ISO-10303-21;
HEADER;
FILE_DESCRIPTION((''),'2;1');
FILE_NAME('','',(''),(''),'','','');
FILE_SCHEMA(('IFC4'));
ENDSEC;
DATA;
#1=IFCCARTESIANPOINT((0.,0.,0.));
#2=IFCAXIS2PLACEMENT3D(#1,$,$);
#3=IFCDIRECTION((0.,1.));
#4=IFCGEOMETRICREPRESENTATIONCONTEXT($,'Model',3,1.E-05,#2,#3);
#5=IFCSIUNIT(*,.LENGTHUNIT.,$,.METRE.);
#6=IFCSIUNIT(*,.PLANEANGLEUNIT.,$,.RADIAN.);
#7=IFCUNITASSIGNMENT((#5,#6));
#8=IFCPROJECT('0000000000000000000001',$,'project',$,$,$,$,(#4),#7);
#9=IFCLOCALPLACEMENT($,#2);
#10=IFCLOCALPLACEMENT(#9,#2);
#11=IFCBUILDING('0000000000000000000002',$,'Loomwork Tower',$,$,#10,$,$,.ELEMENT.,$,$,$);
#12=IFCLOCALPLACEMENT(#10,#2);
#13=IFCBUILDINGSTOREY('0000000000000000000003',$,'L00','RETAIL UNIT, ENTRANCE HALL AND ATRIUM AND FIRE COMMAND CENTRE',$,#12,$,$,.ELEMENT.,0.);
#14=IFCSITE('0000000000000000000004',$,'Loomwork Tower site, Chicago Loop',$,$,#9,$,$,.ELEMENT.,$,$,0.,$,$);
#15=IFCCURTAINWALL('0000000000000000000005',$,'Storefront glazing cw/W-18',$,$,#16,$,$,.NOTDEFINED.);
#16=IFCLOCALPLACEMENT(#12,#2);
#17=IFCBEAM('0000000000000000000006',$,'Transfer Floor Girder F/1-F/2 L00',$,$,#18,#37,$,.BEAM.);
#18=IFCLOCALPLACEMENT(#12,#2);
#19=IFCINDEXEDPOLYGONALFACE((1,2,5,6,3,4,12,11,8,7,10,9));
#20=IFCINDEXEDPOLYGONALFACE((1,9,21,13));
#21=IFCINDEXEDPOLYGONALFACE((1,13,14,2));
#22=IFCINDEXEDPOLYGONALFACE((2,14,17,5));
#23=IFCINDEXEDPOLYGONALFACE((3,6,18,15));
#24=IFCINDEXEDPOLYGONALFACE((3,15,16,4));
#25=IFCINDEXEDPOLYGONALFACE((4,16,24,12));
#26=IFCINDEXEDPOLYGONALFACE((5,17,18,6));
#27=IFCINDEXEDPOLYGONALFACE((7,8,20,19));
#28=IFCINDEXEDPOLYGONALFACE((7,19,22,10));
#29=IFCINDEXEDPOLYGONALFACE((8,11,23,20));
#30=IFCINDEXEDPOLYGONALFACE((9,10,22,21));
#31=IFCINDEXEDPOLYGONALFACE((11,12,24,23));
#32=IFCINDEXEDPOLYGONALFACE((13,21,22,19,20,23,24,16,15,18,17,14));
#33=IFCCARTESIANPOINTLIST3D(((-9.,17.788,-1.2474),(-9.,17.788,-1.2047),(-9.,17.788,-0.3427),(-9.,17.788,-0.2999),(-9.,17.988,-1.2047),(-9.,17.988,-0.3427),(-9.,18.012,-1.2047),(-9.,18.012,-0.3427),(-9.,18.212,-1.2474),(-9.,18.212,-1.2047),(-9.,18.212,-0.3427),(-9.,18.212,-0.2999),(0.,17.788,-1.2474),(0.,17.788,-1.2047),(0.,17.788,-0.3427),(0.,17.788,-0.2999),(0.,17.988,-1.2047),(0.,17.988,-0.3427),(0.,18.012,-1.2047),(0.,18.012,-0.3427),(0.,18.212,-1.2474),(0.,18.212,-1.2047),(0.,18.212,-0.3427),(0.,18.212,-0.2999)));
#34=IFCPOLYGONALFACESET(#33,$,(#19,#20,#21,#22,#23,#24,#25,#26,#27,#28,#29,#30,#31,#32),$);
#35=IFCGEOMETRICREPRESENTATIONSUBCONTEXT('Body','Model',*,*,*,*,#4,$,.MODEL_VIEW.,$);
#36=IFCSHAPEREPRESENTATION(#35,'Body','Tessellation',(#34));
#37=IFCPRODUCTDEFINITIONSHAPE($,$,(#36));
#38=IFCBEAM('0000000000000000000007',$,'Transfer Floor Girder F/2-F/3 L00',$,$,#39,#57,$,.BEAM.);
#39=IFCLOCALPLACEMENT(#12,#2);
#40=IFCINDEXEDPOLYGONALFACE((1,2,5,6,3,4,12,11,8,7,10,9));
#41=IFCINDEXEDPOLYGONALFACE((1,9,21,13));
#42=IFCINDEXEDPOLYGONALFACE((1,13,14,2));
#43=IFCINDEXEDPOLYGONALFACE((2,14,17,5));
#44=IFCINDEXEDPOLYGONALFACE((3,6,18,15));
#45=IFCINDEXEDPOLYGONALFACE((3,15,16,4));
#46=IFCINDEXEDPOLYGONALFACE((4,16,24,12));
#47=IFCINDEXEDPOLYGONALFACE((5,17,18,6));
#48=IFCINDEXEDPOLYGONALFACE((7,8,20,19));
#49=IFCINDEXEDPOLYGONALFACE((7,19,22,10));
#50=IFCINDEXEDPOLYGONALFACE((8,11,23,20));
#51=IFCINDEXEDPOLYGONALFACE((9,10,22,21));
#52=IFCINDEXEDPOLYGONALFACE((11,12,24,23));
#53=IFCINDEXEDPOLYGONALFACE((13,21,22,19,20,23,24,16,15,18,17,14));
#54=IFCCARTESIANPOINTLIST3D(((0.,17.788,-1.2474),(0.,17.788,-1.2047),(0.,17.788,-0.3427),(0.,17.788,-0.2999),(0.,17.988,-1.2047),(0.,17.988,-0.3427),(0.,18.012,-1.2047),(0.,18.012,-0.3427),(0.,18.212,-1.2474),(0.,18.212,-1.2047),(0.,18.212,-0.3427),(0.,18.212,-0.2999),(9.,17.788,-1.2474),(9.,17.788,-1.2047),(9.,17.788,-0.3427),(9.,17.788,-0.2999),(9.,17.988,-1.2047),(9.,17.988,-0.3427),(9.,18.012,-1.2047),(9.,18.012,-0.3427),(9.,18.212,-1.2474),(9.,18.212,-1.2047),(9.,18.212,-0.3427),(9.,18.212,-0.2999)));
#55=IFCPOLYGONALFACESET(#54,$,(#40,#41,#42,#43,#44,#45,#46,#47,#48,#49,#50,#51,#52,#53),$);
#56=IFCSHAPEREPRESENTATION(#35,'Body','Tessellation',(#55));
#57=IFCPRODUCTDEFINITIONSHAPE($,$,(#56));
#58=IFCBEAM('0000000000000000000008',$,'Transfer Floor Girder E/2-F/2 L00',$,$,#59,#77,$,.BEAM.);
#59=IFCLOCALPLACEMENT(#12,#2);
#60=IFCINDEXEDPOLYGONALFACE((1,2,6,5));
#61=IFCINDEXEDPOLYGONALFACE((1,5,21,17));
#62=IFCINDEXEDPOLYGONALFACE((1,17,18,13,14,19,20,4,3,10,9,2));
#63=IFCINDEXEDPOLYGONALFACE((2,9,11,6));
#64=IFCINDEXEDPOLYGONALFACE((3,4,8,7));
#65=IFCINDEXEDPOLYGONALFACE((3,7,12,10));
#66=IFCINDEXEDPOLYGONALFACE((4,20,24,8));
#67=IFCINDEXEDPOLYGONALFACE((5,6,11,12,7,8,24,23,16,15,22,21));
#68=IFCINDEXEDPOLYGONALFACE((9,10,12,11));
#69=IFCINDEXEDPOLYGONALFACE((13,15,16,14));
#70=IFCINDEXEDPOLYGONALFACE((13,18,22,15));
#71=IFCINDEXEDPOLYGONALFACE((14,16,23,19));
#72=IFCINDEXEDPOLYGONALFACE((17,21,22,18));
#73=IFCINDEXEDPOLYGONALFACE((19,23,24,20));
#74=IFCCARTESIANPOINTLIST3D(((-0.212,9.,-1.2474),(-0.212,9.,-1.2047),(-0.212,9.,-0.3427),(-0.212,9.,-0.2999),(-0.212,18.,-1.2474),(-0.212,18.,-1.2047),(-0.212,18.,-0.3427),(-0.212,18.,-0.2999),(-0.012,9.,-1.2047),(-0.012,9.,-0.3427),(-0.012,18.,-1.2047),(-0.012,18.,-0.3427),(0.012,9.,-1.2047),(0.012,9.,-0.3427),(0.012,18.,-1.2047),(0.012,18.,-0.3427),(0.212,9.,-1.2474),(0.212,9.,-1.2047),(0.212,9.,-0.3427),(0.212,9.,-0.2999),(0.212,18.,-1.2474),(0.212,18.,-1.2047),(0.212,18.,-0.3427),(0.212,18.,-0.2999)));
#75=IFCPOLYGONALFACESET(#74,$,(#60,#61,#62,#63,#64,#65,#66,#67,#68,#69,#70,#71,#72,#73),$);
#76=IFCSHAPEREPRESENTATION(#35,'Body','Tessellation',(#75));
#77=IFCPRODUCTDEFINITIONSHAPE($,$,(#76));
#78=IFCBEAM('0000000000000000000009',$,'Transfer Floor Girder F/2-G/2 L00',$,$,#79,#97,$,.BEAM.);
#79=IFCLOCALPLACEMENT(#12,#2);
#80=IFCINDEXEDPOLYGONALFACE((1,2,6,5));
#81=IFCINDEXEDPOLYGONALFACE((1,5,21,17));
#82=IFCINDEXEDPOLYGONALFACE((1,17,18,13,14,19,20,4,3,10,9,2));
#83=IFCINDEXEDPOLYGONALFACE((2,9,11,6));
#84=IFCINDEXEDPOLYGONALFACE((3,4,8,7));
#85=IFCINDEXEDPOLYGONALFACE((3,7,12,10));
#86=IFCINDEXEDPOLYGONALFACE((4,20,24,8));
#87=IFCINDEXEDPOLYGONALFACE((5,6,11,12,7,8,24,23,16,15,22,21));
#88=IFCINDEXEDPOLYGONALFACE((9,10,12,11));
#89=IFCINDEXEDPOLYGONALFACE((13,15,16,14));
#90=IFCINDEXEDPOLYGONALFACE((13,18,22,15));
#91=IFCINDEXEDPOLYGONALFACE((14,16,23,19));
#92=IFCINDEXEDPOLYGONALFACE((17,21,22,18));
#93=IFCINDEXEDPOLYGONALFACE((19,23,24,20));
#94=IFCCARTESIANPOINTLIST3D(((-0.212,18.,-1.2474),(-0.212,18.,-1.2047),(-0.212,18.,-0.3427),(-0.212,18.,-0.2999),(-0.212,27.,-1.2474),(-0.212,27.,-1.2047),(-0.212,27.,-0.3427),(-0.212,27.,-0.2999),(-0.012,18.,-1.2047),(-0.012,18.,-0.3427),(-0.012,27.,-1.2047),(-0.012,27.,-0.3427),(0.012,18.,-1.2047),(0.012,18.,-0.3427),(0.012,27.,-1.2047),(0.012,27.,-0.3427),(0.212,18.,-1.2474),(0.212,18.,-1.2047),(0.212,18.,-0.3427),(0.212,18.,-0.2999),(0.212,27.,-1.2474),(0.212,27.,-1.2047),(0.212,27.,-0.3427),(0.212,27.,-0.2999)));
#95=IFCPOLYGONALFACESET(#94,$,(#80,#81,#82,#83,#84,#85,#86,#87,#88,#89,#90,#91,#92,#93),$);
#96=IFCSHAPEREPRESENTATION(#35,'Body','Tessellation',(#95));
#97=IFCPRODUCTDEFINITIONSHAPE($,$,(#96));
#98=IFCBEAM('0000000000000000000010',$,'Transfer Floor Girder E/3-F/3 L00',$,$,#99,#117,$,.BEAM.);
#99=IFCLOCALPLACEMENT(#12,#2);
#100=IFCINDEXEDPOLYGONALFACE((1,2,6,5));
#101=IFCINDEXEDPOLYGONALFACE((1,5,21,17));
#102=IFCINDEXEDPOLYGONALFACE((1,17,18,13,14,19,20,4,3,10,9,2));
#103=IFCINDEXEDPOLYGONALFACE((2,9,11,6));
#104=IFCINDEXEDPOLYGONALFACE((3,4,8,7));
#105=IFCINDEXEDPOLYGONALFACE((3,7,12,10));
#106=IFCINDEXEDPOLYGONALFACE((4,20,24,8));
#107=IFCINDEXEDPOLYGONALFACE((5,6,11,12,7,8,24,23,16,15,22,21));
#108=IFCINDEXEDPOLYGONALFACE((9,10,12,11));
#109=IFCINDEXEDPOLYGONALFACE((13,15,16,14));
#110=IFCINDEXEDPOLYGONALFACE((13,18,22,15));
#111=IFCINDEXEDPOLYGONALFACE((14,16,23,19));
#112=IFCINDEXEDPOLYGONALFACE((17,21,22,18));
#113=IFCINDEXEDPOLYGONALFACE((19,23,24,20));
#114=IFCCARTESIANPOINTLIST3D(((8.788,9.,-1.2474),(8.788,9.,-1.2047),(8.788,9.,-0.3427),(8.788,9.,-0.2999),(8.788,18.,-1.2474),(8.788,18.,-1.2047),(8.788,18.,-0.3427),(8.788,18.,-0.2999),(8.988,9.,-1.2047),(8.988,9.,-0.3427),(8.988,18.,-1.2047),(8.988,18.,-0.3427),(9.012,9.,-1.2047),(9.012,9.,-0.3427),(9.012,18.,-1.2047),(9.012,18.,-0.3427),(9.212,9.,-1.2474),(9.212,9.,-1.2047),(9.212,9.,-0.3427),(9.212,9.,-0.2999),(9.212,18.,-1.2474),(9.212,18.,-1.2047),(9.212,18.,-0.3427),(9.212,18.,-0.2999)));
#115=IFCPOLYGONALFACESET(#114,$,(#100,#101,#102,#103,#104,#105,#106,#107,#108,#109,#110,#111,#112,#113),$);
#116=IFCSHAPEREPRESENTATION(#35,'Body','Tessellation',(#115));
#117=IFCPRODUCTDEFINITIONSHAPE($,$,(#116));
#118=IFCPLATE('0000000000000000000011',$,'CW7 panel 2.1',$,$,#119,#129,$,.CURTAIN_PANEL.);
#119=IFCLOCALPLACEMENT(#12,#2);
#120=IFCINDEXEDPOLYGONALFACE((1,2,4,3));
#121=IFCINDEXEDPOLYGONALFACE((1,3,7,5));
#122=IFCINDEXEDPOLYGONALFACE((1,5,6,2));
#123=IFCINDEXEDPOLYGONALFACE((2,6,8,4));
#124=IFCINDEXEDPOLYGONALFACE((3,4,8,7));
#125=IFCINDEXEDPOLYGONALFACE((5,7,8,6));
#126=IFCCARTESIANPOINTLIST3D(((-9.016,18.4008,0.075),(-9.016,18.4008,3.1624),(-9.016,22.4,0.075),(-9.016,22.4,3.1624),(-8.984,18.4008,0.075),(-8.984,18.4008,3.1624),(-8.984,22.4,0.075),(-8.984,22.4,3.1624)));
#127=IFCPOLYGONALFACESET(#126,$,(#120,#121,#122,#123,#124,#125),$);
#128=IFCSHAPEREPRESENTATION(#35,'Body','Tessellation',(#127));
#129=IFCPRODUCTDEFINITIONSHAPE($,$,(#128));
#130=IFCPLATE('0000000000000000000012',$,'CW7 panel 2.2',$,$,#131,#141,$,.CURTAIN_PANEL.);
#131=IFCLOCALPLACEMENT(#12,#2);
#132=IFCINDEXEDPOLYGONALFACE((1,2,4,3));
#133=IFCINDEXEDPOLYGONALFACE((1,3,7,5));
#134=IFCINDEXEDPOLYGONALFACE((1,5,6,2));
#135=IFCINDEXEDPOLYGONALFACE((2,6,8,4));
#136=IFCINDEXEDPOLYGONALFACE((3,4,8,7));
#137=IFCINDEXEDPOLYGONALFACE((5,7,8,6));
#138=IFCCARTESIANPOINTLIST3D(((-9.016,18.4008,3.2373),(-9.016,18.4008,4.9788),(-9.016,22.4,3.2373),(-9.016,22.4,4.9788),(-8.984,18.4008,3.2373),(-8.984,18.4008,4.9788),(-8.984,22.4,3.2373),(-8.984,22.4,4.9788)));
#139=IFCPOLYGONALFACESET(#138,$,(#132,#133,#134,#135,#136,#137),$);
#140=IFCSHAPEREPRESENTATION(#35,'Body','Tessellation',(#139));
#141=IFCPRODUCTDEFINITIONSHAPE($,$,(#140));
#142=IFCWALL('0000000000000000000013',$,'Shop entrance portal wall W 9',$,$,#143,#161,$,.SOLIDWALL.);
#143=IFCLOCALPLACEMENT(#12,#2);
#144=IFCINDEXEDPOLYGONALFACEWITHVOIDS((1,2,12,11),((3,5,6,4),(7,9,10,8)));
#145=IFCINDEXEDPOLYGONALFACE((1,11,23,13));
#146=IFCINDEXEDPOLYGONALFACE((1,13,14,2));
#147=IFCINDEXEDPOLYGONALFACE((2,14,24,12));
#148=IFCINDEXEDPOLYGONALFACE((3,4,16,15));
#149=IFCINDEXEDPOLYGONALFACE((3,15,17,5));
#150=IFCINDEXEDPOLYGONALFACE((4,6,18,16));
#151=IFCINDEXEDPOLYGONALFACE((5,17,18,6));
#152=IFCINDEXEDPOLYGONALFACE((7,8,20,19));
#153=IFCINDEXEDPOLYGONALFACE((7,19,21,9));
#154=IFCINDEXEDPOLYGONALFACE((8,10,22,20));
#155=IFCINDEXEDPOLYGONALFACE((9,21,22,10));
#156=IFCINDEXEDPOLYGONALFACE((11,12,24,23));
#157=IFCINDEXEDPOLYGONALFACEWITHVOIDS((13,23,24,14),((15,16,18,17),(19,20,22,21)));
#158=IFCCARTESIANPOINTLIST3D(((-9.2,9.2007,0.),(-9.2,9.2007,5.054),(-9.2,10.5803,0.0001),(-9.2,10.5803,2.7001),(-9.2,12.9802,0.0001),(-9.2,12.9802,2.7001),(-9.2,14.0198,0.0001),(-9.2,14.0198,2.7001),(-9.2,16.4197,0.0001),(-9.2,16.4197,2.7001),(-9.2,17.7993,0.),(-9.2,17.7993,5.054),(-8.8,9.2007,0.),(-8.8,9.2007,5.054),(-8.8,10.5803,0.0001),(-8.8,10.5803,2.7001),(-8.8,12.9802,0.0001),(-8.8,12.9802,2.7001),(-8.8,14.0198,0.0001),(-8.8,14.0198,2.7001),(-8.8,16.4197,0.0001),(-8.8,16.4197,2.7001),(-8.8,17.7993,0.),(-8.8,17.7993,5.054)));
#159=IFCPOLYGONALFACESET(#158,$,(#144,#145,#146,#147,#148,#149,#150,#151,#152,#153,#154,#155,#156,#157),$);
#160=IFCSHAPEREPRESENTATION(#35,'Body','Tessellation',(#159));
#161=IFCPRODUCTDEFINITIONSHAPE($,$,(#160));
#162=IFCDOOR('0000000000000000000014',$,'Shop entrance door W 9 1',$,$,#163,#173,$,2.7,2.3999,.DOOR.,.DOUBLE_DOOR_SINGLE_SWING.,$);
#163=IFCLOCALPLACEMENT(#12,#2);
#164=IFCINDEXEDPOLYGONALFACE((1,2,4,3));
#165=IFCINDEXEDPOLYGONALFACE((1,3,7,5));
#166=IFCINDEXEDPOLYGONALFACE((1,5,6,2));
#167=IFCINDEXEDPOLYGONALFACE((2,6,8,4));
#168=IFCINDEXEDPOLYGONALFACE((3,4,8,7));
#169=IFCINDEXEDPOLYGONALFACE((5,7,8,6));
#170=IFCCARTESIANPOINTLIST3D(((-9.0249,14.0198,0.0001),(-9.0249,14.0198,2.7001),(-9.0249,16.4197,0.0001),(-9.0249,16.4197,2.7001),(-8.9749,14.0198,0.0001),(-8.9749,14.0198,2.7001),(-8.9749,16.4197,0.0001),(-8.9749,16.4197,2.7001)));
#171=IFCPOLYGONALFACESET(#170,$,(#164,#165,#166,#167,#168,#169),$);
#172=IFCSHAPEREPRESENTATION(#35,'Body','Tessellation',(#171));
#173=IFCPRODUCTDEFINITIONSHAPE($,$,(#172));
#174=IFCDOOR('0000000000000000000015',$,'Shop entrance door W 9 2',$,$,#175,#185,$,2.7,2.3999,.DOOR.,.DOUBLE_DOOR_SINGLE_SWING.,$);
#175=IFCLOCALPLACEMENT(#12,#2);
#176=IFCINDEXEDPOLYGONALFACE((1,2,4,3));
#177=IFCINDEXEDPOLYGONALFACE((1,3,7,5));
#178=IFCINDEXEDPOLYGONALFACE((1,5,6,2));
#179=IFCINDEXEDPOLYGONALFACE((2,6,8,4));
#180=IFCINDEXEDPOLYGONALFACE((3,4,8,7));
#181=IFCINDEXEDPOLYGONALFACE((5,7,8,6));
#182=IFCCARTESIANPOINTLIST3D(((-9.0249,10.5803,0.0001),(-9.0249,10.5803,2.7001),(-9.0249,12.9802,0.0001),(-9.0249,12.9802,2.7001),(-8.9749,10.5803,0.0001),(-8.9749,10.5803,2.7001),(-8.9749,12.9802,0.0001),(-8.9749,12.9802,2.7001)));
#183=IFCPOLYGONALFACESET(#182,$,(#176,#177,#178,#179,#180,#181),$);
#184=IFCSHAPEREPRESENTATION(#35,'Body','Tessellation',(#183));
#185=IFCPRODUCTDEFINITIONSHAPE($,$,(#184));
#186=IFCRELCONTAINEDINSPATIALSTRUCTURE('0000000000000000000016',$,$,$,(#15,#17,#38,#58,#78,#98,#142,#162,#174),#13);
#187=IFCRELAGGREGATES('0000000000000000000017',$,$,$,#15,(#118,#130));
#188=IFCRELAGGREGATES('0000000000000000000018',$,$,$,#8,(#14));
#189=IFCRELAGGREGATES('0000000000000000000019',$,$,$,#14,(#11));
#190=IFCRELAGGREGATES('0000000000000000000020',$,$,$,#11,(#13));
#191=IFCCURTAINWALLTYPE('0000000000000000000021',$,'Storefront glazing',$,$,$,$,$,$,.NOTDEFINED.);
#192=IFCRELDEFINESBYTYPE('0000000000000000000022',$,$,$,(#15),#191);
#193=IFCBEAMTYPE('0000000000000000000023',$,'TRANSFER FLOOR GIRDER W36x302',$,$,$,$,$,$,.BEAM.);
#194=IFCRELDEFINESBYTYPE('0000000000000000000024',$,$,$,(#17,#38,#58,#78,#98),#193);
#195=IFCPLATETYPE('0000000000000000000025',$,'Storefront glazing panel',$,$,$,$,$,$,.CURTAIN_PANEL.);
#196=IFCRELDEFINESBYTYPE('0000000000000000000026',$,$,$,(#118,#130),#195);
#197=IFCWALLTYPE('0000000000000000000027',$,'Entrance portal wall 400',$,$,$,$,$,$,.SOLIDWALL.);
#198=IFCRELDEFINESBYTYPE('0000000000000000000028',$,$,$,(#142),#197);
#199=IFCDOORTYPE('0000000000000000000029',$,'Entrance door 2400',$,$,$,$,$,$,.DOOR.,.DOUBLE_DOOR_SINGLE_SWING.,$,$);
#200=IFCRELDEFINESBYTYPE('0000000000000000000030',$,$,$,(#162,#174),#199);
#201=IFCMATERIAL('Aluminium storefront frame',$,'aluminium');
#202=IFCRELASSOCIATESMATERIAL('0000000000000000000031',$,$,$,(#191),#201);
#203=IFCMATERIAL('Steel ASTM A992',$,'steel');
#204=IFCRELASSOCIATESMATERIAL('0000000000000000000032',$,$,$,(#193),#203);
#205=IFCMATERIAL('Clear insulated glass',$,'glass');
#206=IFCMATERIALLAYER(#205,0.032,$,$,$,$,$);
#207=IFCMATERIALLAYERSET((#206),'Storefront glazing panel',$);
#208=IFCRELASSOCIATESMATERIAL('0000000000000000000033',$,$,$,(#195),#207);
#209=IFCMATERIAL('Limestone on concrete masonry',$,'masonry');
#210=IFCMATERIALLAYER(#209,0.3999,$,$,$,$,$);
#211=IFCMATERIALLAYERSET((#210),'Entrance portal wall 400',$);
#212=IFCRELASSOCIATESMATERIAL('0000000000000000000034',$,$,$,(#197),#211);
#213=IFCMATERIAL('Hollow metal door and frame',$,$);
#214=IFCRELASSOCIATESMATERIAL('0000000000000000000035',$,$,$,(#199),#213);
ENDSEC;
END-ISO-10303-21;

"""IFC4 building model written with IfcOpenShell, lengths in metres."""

from ifc_helpers import new_model, si_unit, direction, frame, frame_2d, origin, origin_2d, place, context, subcontext, project, spatial, rectangle, i_section, extrude, material, layer, layer_set, material_profile, profile_set, type_object, element, fill, aggregate, save


model = new_model("IFC4")

# Units and contexts
model_context = context("Model", 3, precision=1e-05, world=origin(), true_north=direction((0.0, 1.0)))
body_context = subcontext(model_context, "Body", "Model", "MODEL_VIEW")
ifc_project = project(units=[si_unit("LENGTHUNIT", "METRE"), si_unit("PLANEANGLEUNIT", "RADIAN")], contexts=[model_context])

# Site, building, storey
site_placement = place(None, origin())
site = spatial("IfcSite", under=ifc_project, at=site_placement, Name="Loomwork Tower site, Chicago Loop", CompositionType="ELEMENT", RefElevation=0.0)
building_placement = place(site_placement, origin())
building = spatial("IfcBuilding", under=site, at=building_placement, Name="Loomwork Tower", CompositionType="ELEMENT")
storey_placement = place(building_placement, origin())
storey = spatial("IfcBuildingStorey", under=building, at=storey_placement, Name="L00", Description="RETAIL UNIT, ENTRANCE HALL AND ATRIUM AND FIRE COMMAND CENTRE", CompositionType="ELEMENT", Elevation=0.0)

# Curtain wall
ifc_material_1 = material(Name="Aluminium storefront frame", Category="aluminium")
curtain_wall_type = type_object("IfcCurtainWallType", Name="Storefront glazing", PredefinedType="NOTDEFINED", material=ifc_material_1)
curtain_wall_placement = place(storey_placement, origin())
curtain_wall = element("IfcCurtainWall", 1, at=curtain_wall_placement, inside=storey, type_object=curtain_wall_type, Name="Storefront glazing cw/W-18", PredefinedType="NOTDEFINED")

# Beams
ifc_material_2 = material(Name="Steel ASTM A992", Category="steel")
ifc_material_profile_1 = material_profile(ifc_material_2, i_section(OverallWidth=0.4241, OverallDepth=0.9475, WebThickness=0.0239, FlangeThickness=0.0427, at=origin_2d()), Name="W36x302")
ifc_profile_set_1 = profile_set([ifc_material_profile_1], Name="Steel ASTM A992")
beam_type_1 = type_object("IfcBeamType", Name="TRANSFER FLOOR GIRDER W36x302", PredefinedType="BEAM", material=ifc_profile_set_1)
for number, where, z_axis, x_axis, name in (
    (2, (-9.0, 18.0, -0.7737), (1.0, 0.0, 0.0), (0.0, 1.0, 0.0), "Transfer Floor Girder F/1-F/2 L00"),
    (3, (0.0, 18.0, -0.7737), (1.0, 0.0, 0.0), (0.0, 1.0, 0.0), "Transfer Floor Girder F/2-F/3 L00"),
    (4, (0.0, 9.0, -0.7737), (0.0, 1.0, 0.0), (-1.0, 0.0, 0.0), "Transfer Floor Girder E/2-F/2 L00"),
    (5, (0.0, 18.0, -0.7737), (0.0, 1.0, 0.0), (-1.0, 0.0, 0.0), "Transfer Floor Girder F/2-G/2 L00"),
    (6, (9.0, 9.0, -0.7737), (0.0, 1.0, 0.0), (-1.0, 0.0, 0.0), "Transfer Floor Girder E/3-F/3 L00"),
):
    element("IfcBeam", number, at=place(storey_placement, frame(where, z_axis=z_axis, x_axis=x_axis)), inside=storey, type_object=beam_type_1, Name=name, PredefinedType="BEAM", context=body_context, shape_type="SweptSolid", body=[
        extrude(i_section(OverallWidth=0.4241, OverallDepth=0.9475, WebThickness=0.0239, FlangeThickness=0.0427, at=origin_2d()), origin(), (0.0, 0.0, 1.0), 9.0),
    ])

# Plates
ifc_material_3 = material(Name="Clear insulated glass", Category="glass")
ifc_layer_1 = layer(ifc_material_3, 0.032)
ifc_layer_set_1 = layer_set([ifc_layer_1], Name="Storefront glazing panel")
plate_type = type_object("IfcPlateType", Name="Storefront glazing panel", PredefinedType="CURTAIN_PANEL", material=ifc_layer_set_1)
plate_1_placement = place(storey_placement, frame((-9.0, 20.4004, 0.075), z_axis=(0.0, 0.0, 1.0), x_axis=(0.0, -1.0, 0.0)))
plate_1 = element("IfcPlate", 7, at=plate_1_placement, type_object=plate_type, Name="CW7 panel 2.1", PredefinedType="CURTAIN_PANEL", context=body_context, shape_type="SweptSolid", body=[
    extrude(rectangle(XDim=3.9993, YDim=0.032, at=origin_2d()), origin(), (0.0, 0.0, 1.0), 3.0874),
])
plate_2_placement = place(storey_placement, frame((-9.0, 20.4004, 3.2373), z_axis=(0.0, 0.0, 1.0), x_axis=(0.0, -1.0, 0.0)))
plate_2 = element("IfcPlate", 8, at=plate_2_placement, type_object=plate_type, Name="CW7 panel 2.2", PredefinedType="CURTAIN_PANEL", context=body_context, shape_type="SweptSolid", body=[
    extrude(rectangle(XDim=3.9993, YDim=0.032, at=origin_2d()), origin(), (0.0, 0.0, 1.0), 1.7415),
])
aggregate(curtain_wall, [plate_1, plate_2])

# Wall, openings, doors
ifc_material_4 = material(Name="Limestone on concrete masonry", Category="masonry")
ifc_layer_2 = layer(ifc_material_4, 0.3999)
ifc_layer_set_2 = layer_set([ifc_layer_2], Name="Entrance portal wall 400")
wall_type_1 = type_object("IfcWallType", Name="Entrance portal wall 400", PredefinedType="SOLIDWALL", material=ifc_layer_set_2)
wall_1_placement = place(storey_placement, frame((-9.0, 17.7993, 0.0), z_axis=(0.0, 0.0, 1.0), x_axis=(0.0, -1.0, 0.0)))
wall_1 = element("IfcWall", 9, at=wall_1_placement, inside=storey, type_object=wall_type_1, Name="Shop entrance portal wall W 9", PredefinedType="SOLIDWALL", context=body_context, shape_type="SweptSolid", body=[
    extrude(rectangle(XDim=8.5986, YDim=0.3999, at=frame_2d((4.2993, 0.0))), origin(), (0.0, 0.0, 1.0), 5.054),
])
opening_1_placement = place(wall_1_placement, frame((1.3796, 0.0, 0.0)))
opening_1 = element("IfcOpeningElement", 10, at=opening_1_placement, cuts=wall_1, PredefinedType="OPENING", context=body_context, shape_type="SweptSolid", body=[
    extrude(rectangle(XDim=2.3999, YDim=2.7, at=frame_2d((1.2, 1.3501))), frame((0.0, 0.21, 0.0), z_axis=(0.0, -1.0, 0.0), x_axis=(1.0, 0.0, 0.0)), (0.0, 0.0, 1.0), 0.4199),
])
opening_2_placement = place(wall_1_placement, frame((4.8191, 0.0, 0.0)))
opening_2 = element("IfcOpeningElement", 11, at=opening_2_placement, cuts=wall_1, PredefinedType="OPENING", context=body_context, shape_type="SweptSolid", body=[
    extrude(rectangle(XDim=2.3999, YDim=2.7, at=frame_2d((1.2, 1.3501))), frame((0.0, 0.21, 0.0), z_axis=(0.0, -1.0, 0.0), x_axis=(1.0, 0.0, 0.0)), (0.0, 0.0, 1.0), 0.4199),
])
ifc_material_5 = material(Name="Hollow metal door and frame")
door_type = type_object("IfcDoorType", Name="Entrance door 2400", OperationType="DOUBLE_DOOR_SINGLE_SWING", PredefinedType="DOOR", material=ifc_material_5)
door_1_placement = place(opening_1_placement, frame((2.3999, 0.0, 0.0), z_axis=(0.0, 0.0, 1.0), x_axis=(-1.0, 0.0, 0.0)))
door_1 = element("IfcDoor", 12, at=door_1_placement, inside=storey, type_object=door_type, Name="Shop entrance door W 9 1", OperationType="DOUBLE_DOOR_SINGLE_SWING", OverallHeight=2.7, OverallWidth=2.3999, PredefinedType="DOOR", context=body_context, shape_type="SweptSolid", body=[
    extrude(rectangle(XDim=2.3999, YDim=2.7, at=frame_2d((1.2, 1.3501))), frame((0.0, 0.0249, 0.0), z_axis=(0.0, -1.0, 0.0), x_axis=(1.0, 0.0, 0.0)), (0.0, 0.0, 1.0), 0.05),
])
fill(opening_1, door_1)
door_2_placement = place(opening_2_placement, frame((2.3999, 0.0, 0.0), z_axis=(0.0, 0.0, 1.0), x_axis=(-1.0, 0.0, 0.0)))
door_2 = element("IfcDoor", 13, at=door_2_placement, inside=storey, type_object=door_type, Name="Shop entrance door W 9 2", OperationType="DOUBLE_DOOR_SINGLE_SWING", OverallHeight=2.7, OverallWidth=2.3999, PredefinedType="DOOR", context=body_context, shape_type="SweptSolid", body=[
    extrude(rectangle(XDim=2.3999, YDim=2.7, at=frame_2d((1.2, 1.3501))), frame((0.0, 0.0249, 0.0), z_axis=(0.0, -1.0, 0.0), x_axis=(1.0, 0.0, 0.0)), (0.0, 0.0, 1.0), 0.05),
])
fill(opening_2, door_2)

save(model, "model.ifc")
